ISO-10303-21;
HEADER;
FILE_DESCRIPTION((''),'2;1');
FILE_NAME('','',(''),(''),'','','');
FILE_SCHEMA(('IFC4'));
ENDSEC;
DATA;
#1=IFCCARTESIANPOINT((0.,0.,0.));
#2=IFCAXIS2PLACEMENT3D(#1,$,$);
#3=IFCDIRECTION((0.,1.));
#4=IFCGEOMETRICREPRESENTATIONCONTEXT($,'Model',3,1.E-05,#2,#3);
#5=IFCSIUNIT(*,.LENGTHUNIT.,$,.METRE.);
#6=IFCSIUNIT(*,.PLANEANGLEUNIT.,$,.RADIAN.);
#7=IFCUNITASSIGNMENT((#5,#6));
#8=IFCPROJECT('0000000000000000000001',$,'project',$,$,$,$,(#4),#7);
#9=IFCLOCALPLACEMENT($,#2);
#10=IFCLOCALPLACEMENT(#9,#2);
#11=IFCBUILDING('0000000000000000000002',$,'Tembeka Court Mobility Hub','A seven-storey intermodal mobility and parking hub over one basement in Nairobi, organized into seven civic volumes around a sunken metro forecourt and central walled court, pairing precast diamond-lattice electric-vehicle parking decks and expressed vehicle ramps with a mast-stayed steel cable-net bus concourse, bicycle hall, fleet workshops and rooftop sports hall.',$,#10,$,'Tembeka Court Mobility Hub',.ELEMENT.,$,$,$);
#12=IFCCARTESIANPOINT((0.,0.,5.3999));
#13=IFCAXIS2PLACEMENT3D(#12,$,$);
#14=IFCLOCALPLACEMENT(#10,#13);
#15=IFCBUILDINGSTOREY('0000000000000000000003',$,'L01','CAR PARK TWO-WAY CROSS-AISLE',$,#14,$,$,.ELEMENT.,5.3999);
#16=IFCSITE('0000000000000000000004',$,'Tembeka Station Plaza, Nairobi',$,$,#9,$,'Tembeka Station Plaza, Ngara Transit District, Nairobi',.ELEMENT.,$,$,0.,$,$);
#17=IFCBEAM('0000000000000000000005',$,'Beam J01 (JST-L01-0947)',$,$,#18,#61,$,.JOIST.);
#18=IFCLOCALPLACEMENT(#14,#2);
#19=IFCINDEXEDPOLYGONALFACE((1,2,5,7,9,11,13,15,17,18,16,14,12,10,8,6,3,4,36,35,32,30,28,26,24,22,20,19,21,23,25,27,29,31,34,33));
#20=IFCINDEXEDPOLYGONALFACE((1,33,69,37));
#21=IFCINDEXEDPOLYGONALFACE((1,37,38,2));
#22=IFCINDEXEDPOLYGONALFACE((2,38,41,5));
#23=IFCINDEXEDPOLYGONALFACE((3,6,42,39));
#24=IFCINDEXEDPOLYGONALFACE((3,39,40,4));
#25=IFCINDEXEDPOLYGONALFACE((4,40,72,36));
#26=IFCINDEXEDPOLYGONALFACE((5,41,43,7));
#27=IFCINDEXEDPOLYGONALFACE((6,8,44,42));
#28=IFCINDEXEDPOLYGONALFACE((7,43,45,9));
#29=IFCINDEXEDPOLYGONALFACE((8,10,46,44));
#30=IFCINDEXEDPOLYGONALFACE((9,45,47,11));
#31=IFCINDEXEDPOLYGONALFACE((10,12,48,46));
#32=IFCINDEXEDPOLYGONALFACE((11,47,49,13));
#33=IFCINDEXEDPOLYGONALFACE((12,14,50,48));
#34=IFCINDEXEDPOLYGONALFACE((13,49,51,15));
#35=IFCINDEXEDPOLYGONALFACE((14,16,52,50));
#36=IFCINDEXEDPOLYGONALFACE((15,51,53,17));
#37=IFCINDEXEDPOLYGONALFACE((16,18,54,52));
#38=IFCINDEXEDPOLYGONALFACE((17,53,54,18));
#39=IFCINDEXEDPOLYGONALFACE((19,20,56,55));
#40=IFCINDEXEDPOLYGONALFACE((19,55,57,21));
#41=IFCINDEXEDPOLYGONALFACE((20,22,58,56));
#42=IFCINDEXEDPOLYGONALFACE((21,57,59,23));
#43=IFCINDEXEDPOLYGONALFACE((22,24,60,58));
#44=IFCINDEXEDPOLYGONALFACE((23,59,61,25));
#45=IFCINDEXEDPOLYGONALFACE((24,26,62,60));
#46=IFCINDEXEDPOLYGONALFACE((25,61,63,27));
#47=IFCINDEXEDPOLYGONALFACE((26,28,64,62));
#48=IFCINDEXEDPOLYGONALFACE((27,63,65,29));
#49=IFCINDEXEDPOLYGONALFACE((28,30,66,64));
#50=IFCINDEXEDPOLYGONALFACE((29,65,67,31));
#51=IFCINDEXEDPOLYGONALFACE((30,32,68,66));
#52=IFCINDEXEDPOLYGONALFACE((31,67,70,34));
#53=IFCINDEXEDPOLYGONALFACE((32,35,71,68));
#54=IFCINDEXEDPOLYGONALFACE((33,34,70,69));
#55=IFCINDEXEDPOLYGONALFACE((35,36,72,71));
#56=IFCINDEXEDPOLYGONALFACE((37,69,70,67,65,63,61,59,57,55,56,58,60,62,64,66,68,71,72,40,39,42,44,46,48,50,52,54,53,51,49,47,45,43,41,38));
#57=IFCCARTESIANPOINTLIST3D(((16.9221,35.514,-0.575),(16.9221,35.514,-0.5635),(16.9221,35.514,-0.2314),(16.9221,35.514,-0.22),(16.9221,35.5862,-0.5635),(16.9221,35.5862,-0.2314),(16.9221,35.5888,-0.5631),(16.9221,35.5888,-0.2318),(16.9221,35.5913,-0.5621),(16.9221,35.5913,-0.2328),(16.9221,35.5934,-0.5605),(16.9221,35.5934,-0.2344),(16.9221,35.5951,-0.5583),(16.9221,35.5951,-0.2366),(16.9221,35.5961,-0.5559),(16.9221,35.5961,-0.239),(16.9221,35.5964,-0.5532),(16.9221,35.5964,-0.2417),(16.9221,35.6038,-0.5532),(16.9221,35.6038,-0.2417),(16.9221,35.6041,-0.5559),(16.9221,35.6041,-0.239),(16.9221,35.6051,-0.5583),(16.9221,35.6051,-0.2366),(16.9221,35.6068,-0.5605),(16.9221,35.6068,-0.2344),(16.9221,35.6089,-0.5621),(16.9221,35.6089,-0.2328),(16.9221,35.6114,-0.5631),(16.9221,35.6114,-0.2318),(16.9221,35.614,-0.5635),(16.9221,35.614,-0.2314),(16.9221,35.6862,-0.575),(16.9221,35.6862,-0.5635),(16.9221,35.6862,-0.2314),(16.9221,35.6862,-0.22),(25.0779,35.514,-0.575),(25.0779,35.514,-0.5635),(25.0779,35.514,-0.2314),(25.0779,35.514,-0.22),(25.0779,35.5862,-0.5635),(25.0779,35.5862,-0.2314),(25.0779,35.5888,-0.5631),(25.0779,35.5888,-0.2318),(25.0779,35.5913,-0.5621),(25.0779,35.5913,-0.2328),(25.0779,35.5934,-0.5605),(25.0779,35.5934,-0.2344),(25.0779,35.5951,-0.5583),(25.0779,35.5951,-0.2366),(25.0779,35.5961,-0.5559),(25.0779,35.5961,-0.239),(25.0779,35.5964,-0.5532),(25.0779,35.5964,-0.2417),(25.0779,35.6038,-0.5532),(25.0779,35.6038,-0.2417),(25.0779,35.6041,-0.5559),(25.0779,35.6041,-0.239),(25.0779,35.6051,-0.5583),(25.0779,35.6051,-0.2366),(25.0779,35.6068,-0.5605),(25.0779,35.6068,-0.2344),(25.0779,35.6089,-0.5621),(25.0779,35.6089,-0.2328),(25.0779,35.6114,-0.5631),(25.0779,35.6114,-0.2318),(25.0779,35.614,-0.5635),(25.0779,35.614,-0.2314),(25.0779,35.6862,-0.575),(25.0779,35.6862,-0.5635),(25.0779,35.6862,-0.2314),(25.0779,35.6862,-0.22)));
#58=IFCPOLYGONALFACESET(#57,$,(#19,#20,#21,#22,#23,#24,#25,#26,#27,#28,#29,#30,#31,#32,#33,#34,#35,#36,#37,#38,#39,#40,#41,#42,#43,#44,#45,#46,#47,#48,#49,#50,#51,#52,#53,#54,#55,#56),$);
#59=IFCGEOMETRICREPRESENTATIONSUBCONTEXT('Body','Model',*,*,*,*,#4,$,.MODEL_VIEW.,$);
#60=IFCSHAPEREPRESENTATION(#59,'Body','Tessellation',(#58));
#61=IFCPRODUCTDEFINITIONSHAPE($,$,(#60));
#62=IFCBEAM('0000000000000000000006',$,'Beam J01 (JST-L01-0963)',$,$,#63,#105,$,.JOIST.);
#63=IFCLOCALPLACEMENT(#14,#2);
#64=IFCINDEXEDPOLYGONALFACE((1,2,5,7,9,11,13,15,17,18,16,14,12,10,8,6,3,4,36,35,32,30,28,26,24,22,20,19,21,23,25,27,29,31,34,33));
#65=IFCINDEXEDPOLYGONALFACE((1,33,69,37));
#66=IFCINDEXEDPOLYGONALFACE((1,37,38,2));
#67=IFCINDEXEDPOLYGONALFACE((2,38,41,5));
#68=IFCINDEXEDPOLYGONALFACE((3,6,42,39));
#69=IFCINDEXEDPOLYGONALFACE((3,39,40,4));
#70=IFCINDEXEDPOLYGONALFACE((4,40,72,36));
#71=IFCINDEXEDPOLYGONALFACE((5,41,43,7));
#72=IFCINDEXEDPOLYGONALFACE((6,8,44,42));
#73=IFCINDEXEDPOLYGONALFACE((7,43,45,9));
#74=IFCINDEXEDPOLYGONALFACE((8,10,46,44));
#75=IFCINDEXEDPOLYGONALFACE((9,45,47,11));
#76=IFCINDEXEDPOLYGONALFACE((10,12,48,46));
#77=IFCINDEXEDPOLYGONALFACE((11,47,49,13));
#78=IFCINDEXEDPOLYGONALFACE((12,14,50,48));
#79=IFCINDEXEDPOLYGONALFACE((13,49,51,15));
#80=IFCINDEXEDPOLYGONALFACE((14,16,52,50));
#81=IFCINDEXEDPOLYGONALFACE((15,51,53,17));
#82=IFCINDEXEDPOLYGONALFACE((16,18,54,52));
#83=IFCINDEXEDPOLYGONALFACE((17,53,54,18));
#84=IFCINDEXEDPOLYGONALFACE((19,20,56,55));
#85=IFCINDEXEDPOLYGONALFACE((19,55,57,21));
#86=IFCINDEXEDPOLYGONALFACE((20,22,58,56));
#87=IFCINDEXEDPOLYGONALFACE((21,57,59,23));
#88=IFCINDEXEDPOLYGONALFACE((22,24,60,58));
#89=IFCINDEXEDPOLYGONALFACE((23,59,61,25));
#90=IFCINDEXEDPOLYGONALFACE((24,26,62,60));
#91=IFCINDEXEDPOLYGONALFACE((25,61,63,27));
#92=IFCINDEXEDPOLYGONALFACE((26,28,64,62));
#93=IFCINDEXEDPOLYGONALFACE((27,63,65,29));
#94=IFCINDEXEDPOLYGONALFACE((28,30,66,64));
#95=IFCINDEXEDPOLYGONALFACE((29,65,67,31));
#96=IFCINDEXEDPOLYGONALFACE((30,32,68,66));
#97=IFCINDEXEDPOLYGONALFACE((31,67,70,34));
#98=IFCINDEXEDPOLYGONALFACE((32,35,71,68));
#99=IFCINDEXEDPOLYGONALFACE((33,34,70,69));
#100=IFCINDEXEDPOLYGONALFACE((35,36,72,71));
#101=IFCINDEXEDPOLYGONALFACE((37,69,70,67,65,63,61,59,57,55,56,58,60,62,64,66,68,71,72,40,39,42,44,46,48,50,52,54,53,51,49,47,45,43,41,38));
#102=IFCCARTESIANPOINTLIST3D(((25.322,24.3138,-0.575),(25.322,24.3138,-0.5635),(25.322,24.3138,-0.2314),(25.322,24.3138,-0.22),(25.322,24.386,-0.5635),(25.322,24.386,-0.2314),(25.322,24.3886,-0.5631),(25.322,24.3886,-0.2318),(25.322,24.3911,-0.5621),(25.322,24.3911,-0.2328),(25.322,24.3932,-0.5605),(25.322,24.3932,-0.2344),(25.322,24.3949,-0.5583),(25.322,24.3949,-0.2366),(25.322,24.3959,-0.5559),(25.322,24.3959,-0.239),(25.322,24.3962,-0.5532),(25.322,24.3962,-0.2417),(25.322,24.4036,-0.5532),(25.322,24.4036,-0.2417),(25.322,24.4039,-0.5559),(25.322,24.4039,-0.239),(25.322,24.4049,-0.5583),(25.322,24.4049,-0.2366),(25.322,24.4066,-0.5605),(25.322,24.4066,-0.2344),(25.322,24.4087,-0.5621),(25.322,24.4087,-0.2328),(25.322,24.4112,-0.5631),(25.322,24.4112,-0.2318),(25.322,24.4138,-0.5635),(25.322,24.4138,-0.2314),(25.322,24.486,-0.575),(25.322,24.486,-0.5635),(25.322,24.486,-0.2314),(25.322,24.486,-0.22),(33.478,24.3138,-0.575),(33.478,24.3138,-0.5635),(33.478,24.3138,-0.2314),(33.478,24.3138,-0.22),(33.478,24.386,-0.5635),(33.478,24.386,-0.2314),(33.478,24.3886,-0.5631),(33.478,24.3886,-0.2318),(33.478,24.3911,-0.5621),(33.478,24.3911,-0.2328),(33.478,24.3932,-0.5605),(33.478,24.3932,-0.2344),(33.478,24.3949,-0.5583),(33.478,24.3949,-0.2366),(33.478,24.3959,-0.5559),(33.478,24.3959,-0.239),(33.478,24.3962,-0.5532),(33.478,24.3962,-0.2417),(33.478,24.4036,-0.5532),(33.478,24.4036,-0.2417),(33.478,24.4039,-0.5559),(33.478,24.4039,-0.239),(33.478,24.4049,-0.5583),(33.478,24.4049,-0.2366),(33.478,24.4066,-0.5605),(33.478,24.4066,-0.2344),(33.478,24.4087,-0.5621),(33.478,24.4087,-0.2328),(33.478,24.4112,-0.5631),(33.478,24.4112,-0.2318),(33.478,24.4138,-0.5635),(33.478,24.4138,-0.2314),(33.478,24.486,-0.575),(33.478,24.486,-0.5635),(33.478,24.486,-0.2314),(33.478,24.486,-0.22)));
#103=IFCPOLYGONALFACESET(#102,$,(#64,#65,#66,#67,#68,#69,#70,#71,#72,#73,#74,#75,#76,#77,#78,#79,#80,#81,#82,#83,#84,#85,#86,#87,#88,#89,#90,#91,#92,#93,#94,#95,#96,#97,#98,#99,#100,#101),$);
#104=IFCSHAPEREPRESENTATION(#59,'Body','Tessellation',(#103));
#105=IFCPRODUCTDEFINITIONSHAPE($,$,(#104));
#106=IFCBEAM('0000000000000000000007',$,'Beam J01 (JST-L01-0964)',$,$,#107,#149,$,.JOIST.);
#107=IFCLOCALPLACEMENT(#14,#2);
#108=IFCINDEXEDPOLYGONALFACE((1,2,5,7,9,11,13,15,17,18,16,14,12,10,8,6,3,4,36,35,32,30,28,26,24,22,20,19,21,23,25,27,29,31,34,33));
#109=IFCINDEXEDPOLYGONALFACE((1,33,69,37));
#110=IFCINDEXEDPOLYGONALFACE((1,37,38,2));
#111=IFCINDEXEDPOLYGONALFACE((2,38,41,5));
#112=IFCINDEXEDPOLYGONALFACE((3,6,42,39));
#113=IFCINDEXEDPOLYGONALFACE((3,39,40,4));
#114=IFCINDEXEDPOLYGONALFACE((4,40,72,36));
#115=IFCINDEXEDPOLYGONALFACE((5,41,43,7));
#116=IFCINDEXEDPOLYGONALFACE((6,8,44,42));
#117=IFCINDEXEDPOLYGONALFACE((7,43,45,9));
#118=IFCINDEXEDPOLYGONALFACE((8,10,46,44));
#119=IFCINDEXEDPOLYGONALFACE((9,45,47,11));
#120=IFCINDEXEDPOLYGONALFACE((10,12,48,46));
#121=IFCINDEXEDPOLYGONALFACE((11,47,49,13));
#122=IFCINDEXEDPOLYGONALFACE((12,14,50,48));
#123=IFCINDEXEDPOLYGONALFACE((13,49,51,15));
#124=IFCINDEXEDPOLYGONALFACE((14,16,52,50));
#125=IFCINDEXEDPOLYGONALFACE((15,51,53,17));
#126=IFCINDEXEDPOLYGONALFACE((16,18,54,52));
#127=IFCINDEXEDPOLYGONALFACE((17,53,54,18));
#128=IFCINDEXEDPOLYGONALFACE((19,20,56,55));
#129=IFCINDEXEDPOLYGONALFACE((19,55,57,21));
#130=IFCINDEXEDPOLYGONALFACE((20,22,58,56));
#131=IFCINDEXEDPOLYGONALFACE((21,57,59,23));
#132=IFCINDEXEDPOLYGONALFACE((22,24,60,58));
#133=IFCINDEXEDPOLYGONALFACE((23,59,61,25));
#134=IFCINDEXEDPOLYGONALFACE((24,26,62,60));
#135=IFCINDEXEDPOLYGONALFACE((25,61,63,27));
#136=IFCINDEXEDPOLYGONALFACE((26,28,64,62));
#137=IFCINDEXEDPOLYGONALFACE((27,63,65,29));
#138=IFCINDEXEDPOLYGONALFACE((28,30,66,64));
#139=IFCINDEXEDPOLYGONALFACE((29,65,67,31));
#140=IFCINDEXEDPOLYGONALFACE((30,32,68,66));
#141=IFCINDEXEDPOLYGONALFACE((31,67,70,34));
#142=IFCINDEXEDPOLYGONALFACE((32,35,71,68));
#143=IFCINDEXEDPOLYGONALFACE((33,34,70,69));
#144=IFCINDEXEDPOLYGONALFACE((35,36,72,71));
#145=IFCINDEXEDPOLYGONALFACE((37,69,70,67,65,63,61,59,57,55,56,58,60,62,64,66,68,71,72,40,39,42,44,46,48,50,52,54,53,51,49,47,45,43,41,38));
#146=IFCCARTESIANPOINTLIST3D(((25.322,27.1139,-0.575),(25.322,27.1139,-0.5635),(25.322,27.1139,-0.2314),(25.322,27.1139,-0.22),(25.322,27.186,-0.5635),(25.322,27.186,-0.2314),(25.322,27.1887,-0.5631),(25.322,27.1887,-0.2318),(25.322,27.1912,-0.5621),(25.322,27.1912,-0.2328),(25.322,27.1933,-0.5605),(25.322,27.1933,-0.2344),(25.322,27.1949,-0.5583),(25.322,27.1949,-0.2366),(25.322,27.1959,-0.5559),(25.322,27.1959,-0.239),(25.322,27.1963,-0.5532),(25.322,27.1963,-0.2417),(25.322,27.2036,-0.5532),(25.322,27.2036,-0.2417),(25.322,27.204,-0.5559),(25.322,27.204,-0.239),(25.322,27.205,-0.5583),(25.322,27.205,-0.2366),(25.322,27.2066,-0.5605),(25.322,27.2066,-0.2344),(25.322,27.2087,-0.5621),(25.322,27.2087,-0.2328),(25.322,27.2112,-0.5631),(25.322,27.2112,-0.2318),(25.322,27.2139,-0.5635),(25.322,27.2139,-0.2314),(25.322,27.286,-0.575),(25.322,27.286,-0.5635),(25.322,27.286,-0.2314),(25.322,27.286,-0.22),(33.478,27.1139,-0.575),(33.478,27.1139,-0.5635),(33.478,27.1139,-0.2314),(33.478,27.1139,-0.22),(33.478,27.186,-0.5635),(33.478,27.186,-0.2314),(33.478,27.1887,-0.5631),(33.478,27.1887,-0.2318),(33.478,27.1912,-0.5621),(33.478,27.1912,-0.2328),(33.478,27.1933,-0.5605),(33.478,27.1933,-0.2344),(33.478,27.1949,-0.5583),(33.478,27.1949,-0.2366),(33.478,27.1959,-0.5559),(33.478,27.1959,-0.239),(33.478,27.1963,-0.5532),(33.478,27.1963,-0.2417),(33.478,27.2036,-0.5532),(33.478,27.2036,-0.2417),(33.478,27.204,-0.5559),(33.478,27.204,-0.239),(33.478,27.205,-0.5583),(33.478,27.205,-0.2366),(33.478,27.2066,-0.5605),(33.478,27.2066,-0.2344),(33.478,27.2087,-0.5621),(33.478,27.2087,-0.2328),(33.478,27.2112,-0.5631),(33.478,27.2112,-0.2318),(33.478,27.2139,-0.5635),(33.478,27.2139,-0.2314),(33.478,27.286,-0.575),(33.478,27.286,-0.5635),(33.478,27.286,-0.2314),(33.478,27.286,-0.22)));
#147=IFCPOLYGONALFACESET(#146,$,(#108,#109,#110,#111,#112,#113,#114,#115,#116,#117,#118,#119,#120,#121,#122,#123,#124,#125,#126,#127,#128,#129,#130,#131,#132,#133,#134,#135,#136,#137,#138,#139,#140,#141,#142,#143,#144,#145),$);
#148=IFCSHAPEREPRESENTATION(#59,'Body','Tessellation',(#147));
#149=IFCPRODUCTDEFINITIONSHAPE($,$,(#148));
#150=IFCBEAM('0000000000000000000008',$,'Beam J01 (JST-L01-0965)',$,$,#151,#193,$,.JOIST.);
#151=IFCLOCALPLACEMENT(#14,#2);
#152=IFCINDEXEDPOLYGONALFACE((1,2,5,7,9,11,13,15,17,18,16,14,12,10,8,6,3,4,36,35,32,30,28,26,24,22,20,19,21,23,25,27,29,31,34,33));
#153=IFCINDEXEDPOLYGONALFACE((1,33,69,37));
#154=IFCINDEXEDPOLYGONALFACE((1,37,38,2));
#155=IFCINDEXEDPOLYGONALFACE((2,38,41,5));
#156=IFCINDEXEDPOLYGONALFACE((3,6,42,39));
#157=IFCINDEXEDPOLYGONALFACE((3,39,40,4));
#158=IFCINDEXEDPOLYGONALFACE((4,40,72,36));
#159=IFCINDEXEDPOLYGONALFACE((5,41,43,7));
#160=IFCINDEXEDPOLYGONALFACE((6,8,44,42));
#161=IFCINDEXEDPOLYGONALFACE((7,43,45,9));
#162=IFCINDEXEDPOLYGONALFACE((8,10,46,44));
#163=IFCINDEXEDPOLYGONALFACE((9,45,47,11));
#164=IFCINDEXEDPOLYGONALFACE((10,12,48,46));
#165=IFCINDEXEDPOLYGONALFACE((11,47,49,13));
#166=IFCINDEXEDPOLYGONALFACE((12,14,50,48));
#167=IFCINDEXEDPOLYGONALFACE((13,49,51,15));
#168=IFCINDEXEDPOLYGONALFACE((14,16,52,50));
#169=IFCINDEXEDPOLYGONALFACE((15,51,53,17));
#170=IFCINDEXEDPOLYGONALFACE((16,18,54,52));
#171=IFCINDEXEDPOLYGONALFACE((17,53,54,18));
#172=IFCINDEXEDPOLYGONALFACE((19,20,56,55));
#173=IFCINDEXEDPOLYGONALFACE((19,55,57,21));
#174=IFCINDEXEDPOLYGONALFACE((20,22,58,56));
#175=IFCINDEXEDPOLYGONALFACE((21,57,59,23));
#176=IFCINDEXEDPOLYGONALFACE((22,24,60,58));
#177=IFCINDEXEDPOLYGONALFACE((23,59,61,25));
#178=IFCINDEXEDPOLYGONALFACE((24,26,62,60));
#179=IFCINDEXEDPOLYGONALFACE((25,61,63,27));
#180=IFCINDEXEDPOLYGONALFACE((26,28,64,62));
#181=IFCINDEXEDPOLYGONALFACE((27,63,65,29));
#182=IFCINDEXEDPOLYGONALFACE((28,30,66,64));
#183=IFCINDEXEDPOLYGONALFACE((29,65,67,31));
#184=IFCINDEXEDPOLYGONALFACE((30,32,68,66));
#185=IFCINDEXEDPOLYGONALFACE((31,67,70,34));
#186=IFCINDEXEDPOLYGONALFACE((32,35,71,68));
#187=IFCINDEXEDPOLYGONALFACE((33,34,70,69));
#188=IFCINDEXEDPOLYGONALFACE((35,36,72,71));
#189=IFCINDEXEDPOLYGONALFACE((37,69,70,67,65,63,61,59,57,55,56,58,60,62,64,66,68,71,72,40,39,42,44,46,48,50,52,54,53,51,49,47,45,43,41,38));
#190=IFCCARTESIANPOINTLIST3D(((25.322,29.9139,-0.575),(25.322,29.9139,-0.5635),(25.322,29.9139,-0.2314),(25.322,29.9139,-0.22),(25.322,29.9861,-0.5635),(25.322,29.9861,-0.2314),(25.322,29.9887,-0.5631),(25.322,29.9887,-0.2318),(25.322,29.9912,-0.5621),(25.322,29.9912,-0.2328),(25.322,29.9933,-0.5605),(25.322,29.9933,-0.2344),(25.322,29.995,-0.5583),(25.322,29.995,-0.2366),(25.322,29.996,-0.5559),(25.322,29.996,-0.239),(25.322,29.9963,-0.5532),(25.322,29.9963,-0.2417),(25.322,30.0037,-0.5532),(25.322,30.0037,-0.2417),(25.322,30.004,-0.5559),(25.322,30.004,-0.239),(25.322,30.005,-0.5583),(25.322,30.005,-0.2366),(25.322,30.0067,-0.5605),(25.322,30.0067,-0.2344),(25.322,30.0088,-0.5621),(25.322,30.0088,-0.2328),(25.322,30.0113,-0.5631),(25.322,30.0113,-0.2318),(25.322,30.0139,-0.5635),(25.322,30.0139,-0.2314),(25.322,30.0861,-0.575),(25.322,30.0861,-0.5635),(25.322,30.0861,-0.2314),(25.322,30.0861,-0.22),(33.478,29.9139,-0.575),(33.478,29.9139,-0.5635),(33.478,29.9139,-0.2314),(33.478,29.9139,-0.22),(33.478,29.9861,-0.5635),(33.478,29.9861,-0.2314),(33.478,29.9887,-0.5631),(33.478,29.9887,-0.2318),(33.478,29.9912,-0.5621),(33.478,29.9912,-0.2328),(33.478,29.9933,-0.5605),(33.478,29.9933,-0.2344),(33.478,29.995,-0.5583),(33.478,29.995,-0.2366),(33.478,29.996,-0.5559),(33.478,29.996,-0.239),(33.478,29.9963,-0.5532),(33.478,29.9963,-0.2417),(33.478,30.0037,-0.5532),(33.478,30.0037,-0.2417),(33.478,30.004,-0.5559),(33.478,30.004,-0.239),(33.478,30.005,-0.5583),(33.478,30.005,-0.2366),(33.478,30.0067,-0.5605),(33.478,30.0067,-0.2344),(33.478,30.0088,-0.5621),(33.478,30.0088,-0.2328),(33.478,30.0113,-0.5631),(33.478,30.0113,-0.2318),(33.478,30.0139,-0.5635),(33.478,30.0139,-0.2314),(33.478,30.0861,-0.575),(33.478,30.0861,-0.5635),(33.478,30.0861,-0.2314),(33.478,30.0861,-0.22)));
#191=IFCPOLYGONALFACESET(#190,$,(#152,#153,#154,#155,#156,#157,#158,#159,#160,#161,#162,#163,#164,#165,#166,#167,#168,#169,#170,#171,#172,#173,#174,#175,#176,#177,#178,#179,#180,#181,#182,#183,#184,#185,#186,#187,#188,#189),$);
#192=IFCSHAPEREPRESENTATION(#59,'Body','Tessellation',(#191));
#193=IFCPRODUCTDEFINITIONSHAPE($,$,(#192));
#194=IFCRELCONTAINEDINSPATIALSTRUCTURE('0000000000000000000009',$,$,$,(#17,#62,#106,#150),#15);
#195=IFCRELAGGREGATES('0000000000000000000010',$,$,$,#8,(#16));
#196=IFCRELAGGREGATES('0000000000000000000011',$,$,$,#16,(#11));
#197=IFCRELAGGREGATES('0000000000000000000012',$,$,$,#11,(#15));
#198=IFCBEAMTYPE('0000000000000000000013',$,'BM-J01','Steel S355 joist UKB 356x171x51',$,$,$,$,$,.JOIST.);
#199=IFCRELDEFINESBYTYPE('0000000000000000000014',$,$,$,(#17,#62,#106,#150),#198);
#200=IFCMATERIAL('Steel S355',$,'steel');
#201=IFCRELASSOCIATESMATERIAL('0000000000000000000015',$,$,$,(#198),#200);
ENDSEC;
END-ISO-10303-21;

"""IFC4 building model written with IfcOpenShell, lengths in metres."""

from ifc_helpers import new_model, si_unit, direction, frame, origin, origin_2d, place, context, subcontext, project, spatial, i_section, extrude, material, material_profile, profile_set, type_object, element, save


model = new_model("IFC4")

# Units and contexts
model_context = context("Model", 3, precision=1e-05, world=origin(), true_north=direction((0.0, 1.0)))
body_context = subcontext(model_context, "Body", "Model", "MODEL_VIEW")
ifc_project = project(units=[si_unit("LENGTHUNIT", "METRE"), si_unit("PLANEANGLEUNIT", "RADIAN")], contexts=[model_context])

# Site, building, storey
site_placement = place(None, origin())
site = spatial("IfcSite", under=ifc_project, at=site_placement, Name="Tembeka Station Plaza, Nairobi", LongName="Tembeka Station Plaza, Ngara Transit District, Nairobi", CompositionType="ELEMENT", RefElevation=0.0)
building_placement = place(site_placement, origin())
building = spatial("IfcBuilding", under=site, at=building_placement, Name="Tembeka Court Mobility Hub", Description="A seven-storey intermodal mobility and parking hub over one basement in Nairobi, organized into seven civic volumes around a sunken metro forecourt and central walled court, pairing precast diamond-lattice electric-vehicle parking decks and expressed vehicle ramps with a mast-stayed steel cable-net bus concourse, bicycle hall, fleet workshops and rooftop sports hall.", LongName="Tembeka Court Mobility Hub", CompositionType="ELEMENT")
storey_placement = place(building_placement, frame((0.0, 0.0, 5.3999)))
storey = spatial("IfcBuildingStorey", under=building, at=storey_placement, Name="L01", Description="CAR PARK TWO-WAY CROSS-AISLE", CompositionType="ELEMENT", Elevation=5.3999)

# Shared definitions
ifc_material_1 = material(Name="Steel S355", Category="steel")

# Beams
ifc_material_profile_1 = material_profile(ifc_material_1, i_section(OverallWidth=0.1721, OverallDepth=0.355, WebThickness=0.0073, FlangeThickness=0.0115, FilletRadius=0.0103, at=origin_2d()), Name="UKB 356x171x51")
ifc_profile_set_1 = profile_set([ifc_material_profile_1], Name="Steel S355")
beam_type_1 = type_object("IfcBeamType", Name="BM-J01", Description="Steel S355 joist UKB 356x171x51", PredefinedType="JOIST", material=ifc_profile_set_1)
for number, where, z_axis, x_axis, name in (
    (1, (16.9221, 35.6001, -0.3975), (1.0, 0.0, 0.0), (0.0, 1.0, 0.0), "Beam J01 (JST-L01-0947)"),
):
    element("IfcBeam", number, at=place(storey_placement, frame(where, z_axis=z_axis, x_axis=x_axis)), inside=storey, type_object=beam_type_1, Name=name, PredefinedType="JOIST", context=body_context, shape_type="SweptSolid", body=[
        extrude(i_section(OverallWidth=0.1721, OverallDepth=0.355, WebThickness=0.0073, FlangeThickness=0.0115, FilletRadius=0.0103, at=origin_2d()), origin(), (0.0, 0.0, 1.0), 8.1558),
    ])
for number, where, z_axis, x_axis, name in (
    (2, (25.322, 24.3999, -0.3975), (1.0, 0.0, 0.0), (0.0, 1.0, 0.0), "Beam J01 (JST-L01-0963)"),
    (3, (25.322, 27.2, -0.3975), (1.0, 0.0, 0.0), (0.0, 1.0, 0.0), "Beam J01 (JST-L01-0964)"),
    (4, (25.322, 30.0, -0.3975), (1.0, 0.0, 0.0), (0.0, 1.0, 0.0), "Beam J01 (JST-L01-0965)"),
):
    element("IfcBeam", number, at=place(storey_placement, frame(where, z_axis=z_axis, x_axis=x_axis)), inside=storey, type_object=beam_type_1, Name=name, PredefinedType="JOIST", context=body_context, shape_type="SweptSolid", body=[
        extrude(i_section(OverallWidth=0.1721, OverallDepth=0.355, WebThickness=0.0073, FlangeThickness=0.0115, FilletRadius=0.0103, at=origin_2d()), origin(), (0.0, 0.0, 1.0), 8.156),
    ])

save(model, "model.ifc")
